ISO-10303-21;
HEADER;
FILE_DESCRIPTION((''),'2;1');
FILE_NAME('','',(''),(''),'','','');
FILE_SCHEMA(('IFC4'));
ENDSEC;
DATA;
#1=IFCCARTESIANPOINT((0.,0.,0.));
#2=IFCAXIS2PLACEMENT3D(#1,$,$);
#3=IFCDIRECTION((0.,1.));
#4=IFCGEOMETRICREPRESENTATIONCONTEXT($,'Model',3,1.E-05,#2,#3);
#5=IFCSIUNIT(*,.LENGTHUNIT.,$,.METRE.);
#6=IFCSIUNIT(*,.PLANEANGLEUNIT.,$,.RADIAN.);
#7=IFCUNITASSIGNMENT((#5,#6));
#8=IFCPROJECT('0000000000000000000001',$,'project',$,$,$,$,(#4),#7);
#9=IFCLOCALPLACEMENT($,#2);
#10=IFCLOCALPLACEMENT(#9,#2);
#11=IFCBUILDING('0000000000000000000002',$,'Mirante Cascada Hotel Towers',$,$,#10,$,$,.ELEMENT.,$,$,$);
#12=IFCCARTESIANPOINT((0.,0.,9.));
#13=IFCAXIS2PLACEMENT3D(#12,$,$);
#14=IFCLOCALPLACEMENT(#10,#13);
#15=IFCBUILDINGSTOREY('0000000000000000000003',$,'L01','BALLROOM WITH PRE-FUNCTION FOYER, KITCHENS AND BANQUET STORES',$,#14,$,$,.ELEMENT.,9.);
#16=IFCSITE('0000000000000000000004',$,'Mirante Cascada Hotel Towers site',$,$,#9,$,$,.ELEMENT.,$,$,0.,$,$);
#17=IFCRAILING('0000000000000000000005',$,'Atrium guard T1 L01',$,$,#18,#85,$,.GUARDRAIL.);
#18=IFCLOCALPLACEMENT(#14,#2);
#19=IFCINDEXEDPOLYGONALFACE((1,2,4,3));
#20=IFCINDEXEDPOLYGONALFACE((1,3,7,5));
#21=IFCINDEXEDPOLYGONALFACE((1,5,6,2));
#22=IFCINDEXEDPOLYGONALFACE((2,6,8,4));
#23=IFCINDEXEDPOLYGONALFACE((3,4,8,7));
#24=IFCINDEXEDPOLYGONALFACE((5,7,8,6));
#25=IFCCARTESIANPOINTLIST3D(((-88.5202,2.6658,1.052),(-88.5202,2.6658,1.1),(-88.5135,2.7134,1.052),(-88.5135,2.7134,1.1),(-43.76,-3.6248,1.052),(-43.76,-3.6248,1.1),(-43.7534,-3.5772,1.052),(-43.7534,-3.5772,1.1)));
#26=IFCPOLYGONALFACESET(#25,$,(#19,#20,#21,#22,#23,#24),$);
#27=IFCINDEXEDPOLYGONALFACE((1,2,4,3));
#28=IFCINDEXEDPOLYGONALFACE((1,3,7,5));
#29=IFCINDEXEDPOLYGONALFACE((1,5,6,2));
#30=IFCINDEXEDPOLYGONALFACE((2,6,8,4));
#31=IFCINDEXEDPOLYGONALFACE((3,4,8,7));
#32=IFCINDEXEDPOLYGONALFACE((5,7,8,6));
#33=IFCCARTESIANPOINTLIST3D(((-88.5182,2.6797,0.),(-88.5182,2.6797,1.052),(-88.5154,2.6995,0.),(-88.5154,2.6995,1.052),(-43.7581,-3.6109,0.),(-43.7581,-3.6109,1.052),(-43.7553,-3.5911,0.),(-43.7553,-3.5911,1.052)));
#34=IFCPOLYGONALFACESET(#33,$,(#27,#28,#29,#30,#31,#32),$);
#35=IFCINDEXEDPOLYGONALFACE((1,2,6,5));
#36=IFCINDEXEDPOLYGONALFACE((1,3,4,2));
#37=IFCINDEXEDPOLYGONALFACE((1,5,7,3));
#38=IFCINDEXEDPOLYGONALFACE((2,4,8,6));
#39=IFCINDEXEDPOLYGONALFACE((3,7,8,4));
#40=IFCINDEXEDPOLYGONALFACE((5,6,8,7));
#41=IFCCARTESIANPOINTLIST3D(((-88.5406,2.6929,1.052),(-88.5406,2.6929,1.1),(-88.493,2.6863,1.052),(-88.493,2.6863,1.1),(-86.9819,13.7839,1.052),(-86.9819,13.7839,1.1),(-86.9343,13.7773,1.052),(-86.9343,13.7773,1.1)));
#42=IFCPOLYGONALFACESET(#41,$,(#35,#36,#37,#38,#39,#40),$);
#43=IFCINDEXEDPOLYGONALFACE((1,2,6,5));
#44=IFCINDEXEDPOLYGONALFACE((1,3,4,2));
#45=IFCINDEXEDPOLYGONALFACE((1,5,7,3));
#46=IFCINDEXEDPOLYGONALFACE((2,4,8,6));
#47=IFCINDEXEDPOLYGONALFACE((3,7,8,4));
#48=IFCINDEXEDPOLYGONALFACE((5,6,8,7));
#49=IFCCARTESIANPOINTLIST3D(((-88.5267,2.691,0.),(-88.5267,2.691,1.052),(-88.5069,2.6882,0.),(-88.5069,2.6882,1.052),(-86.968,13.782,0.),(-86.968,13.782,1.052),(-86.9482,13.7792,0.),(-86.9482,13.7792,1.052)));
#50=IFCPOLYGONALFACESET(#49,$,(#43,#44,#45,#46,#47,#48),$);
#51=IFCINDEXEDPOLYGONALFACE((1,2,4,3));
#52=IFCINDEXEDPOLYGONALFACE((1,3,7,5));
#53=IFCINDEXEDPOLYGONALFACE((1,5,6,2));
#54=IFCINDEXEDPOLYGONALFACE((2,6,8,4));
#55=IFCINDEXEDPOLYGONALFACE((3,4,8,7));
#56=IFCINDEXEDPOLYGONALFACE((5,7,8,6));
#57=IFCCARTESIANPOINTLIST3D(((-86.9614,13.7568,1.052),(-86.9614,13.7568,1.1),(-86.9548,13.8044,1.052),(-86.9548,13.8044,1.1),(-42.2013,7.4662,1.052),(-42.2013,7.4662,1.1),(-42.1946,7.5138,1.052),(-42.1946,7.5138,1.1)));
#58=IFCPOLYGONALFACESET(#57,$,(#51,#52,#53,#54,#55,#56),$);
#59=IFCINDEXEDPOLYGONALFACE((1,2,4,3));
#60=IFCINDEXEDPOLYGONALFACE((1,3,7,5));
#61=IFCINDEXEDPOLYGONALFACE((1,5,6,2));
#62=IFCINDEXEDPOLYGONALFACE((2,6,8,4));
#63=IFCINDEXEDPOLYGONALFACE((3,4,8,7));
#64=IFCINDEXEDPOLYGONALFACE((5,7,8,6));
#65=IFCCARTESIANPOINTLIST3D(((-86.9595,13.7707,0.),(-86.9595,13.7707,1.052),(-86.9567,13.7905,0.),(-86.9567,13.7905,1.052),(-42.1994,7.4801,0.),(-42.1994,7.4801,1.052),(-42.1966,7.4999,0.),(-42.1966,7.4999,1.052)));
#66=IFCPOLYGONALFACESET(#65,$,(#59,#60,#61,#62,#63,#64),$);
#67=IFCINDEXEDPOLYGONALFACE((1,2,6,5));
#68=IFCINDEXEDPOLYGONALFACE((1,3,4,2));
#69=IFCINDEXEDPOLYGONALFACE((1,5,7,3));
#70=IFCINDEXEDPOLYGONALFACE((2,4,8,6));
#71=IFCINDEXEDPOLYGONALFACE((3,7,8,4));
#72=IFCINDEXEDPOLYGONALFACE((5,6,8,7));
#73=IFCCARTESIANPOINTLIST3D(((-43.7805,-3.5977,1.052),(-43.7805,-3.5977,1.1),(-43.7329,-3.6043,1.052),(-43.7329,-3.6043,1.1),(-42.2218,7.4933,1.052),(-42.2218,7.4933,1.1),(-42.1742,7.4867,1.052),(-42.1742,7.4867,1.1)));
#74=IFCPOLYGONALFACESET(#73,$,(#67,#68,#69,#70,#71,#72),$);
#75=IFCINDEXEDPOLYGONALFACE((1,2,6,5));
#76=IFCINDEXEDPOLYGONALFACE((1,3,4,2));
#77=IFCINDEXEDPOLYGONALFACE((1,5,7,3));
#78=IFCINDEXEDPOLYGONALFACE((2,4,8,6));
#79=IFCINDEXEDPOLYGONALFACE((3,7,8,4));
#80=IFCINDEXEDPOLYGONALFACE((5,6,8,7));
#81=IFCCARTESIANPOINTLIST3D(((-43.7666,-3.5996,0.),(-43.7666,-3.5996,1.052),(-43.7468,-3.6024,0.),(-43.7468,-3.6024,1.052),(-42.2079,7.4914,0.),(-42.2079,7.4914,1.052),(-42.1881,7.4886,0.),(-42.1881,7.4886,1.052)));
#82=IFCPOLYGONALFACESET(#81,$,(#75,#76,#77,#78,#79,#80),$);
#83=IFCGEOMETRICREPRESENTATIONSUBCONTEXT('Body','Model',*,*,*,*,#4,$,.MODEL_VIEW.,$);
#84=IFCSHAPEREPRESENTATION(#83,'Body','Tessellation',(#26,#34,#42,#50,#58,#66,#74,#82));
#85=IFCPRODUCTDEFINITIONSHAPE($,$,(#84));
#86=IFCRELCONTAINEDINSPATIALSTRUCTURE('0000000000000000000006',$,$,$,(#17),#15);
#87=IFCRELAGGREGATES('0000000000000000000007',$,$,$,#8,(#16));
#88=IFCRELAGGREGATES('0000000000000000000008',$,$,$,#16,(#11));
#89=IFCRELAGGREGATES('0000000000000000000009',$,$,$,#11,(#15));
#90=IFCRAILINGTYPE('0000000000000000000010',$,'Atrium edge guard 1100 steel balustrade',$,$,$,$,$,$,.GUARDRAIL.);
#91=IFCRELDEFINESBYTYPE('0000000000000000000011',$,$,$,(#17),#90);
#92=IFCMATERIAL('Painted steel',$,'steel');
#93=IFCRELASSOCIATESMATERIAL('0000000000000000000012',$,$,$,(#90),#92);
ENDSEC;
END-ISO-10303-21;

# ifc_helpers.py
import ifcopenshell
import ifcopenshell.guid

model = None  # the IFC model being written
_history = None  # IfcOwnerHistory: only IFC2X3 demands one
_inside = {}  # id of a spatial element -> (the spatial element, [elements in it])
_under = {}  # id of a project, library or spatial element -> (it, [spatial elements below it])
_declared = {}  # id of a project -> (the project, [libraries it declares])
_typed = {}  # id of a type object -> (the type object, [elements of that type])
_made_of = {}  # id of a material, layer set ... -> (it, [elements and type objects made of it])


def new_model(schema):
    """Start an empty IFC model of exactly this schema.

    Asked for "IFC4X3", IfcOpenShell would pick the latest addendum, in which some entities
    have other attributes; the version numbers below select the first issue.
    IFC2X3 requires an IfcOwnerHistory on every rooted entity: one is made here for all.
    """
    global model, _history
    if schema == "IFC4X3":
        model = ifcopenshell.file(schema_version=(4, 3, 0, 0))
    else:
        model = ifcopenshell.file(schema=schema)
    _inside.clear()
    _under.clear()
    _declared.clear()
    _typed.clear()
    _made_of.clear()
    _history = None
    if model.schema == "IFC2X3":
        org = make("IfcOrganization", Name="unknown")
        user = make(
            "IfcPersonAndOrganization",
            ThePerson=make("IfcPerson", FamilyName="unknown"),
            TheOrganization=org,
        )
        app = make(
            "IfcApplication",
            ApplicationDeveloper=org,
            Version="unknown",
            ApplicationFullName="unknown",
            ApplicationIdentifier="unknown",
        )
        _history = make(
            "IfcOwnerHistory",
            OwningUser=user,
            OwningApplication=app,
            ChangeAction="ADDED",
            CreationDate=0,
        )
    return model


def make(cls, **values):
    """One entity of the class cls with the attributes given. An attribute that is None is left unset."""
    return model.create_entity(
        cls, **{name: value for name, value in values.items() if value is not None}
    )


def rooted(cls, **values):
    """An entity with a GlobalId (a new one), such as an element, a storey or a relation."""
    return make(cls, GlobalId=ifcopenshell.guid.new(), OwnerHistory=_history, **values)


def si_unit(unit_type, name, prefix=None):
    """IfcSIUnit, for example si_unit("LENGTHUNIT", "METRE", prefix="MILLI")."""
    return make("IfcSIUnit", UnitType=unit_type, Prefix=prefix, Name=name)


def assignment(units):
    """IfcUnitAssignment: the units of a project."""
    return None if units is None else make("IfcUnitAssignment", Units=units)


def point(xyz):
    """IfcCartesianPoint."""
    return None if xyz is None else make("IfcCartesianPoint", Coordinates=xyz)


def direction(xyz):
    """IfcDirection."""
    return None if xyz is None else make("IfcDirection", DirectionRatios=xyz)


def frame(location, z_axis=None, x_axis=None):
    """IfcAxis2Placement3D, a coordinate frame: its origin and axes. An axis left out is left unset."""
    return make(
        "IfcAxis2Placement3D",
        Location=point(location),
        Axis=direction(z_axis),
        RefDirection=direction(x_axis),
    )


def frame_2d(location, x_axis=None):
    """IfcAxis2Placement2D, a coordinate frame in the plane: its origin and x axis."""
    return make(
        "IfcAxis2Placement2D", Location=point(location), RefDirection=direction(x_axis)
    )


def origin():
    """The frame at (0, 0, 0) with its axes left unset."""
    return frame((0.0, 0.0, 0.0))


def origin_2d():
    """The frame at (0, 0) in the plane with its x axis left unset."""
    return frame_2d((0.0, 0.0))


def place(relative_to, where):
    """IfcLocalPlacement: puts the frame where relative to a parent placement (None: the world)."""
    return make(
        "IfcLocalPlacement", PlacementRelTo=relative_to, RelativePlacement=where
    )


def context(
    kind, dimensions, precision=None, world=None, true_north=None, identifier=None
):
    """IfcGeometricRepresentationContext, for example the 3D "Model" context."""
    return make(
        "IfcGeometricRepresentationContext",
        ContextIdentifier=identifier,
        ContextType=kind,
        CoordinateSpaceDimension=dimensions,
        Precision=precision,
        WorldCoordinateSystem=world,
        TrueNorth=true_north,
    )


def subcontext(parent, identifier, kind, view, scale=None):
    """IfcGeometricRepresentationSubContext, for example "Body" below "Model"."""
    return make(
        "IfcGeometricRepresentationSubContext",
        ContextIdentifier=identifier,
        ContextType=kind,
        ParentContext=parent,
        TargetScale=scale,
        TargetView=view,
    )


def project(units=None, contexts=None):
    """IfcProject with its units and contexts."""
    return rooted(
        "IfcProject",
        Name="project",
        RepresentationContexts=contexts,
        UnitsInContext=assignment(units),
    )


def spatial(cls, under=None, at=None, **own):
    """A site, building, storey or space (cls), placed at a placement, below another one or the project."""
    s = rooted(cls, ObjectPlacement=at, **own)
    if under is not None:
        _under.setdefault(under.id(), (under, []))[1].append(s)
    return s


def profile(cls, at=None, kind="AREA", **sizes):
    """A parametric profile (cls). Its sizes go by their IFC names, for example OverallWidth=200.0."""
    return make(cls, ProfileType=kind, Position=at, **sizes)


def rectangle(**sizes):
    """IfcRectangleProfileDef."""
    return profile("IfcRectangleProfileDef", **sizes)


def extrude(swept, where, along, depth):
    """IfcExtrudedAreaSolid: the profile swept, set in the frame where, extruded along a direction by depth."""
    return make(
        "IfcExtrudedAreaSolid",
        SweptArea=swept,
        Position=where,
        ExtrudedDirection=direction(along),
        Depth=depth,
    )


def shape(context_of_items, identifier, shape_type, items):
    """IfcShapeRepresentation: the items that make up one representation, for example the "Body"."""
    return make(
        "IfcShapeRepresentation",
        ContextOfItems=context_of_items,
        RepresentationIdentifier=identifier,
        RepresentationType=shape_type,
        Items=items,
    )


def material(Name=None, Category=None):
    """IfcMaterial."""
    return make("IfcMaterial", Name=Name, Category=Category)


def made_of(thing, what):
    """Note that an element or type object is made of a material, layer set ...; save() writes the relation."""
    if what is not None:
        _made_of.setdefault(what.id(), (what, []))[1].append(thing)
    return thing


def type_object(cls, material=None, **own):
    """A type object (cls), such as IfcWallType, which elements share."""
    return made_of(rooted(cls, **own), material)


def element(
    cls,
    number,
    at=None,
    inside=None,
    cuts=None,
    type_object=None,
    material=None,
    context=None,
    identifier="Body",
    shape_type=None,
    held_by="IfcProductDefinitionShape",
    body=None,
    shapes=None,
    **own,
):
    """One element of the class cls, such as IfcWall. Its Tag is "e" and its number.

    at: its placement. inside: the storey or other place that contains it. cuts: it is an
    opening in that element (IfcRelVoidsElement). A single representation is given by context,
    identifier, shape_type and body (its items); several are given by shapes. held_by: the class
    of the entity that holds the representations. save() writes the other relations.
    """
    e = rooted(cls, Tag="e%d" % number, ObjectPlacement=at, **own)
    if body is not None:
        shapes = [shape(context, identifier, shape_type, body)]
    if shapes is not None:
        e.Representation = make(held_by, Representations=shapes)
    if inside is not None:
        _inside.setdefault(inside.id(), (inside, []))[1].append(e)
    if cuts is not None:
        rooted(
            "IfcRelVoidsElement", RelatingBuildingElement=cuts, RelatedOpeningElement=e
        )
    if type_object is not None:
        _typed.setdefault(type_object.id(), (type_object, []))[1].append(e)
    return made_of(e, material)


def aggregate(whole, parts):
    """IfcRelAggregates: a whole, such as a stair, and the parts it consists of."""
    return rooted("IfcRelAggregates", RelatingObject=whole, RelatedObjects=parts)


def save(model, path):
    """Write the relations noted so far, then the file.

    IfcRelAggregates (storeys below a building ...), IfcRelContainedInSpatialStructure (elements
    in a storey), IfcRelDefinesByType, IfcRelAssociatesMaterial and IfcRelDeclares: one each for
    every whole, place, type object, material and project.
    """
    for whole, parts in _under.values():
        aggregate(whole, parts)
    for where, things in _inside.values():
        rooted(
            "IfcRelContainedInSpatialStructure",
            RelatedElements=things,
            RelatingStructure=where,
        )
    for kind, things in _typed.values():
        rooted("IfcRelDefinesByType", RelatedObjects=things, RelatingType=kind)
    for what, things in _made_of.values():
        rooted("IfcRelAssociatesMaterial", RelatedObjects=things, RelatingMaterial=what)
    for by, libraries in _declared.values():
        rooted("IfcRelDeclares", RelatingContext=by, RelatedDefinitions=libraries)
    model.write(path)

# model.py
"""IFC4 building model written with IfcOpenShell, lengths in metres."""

from ifc_helpers import new_model, si_unit, direction, frame, origin, origin_2d, place, context, subcontext, project, spatial, rectangle, extrude, material, type_object, element, save


model = new_model("IFC4")

# Units and contexts
model_context = context("Model", 3, precision=1e-05, world=origin(), true_north=direction((0.0, 1.0)))
body_context = subcontext(model_context, "Body", "Model", "MODEL_VIEW")
ifc_project = project(units=[si_unit("LENGTHUNIT", "METRE"), si_unit("PLANEANGLEUNIT", "RADIAN")], contexts=[model_context])

# Site, building, storey
site_placement = place(None, origin())
site = spatial("IfcSite", under=ifc_project, at=site_placement, Name="Mirante Cascada Hotel Towers site", CompositionType="ELEMENT", RefElevation=0.0)
building_placement = place(site_placement, origin())
building = spatial("IfcBuilding", under=site, at=building_placement, Name="Mirante Cascada Hotel Towers", CompositionType="ELEMENT")
storey_placement = place(building_placement, frame((0.0, 0.0, 9.0)))
storey = spatial("IfcBuildingStorey", under=building, at=storey_placement, Name="L01", Description="BALLROOM WITH PRE-FUNCTION FOYER, KITCHENS AND BANQUET STORES", CompositionType="ELEMENT", Elevation=9.0)

# Railing
ifc_material_1 = material(Name="Painted steel", Category="steel")
railing_type = type_object("IfcRailingType", Name="Atrium edge guard 1100 steel balustrade", PredefinedType="GUARDRAIL", material=ifc_material_1)
railing_placement = place(storey_placement, frame((-43.7567, -3.601, 0.0)))
element("IfcRailing", 1, at=railing_placement, inside=storey, type_object=railing_type, Name="Atrium guard T1 L01", PredefinedType="GUARDRAIL", context=body_context, shape_type="SweptSolid", body=[
    extrude(rectangle(XDim=0.048, YDim=0.048, at=origin_2d()), frame((0.0, 0.0, 1.076), z_axis=(-0.990268, 0.139173, 0.0), x_axis=(-0.139173, -0.990268, 0.0)), (0.0, 0.0, 1.0), 45.2),
    extrude(rectangle(XDim=0.02, YDim=1.052, at=origin_2d()), frame((0.0, 0.0, 0.526), z_axis=(-0.990268, 0.139173, 0.0), x_axis=(-0.139173, -0.990268, 0.0)), (0.0, 0.0, 1.0), 45.2),
    extrude(rectangle(XDim=0.048, YDim=0.048, at=origin_2d()), frame((-44.7601, 6.2906, 1.076), z_axis=(0.13917, 0.990268, 0.0), x_axis=(-0.990268, 0.13917, 0.0)), (0.0, 0.0, 1.0), 11.2),
    extrude(rectangle(XDim=0.02, YDim=1.052, at=origin_2d()), frame((-44.7601, 6.2906, 0.526), z_axis=(0.13917, 0.990268, 0.0), x_axis=(-0.990268, 0.13917, 0.0)), (0.0, 0.0, 1.0), 11.2),
    extrude(rectangle(XDim=0.048, YDim=0.048, at=origin_2d()), frame((-43.2014, 17.3816, 1.076), z_axis=(0.990268, -0.139173, 0.0), x_axis=(0.139173, 0.990268, 0.0)), (0.0, 0.0, 1.0), 45.2),
    extrude(rectangle(XDim=0.02, YDim=1.052, at=origin_2d()), frame((-43.2014, 17.3816, 0.526), z_axis=(0.990268, -0.139173, 0.0), x_axis=(0.139173, 0.990268, 0.0)), (0.0, 0.0, 1.0), 45.2),
    extrude(rectangle(XDim=0.048, YDim=0.048, at=origin_2d()), frame((1.5587, 11.091, 1.076), z_axis=(-0.13917, -0.990268, 0.0), x_axis=(0.990268, -0.13917, 0.0)), (0.0, 0.0, 1.0), 11.2),
    extrude(rectangle(XDim=0.02, YDim=1.052, at=origin_2d()), frame((1.5587, 11.091, 0.526), z_axis=(-0.13917, -0.990268, 0.0), x_axis=(0.990268, -0.13917, 0.0)), (0.0, 0.0, 1.0), 11.2),
])

save(model, "model.ifc")
